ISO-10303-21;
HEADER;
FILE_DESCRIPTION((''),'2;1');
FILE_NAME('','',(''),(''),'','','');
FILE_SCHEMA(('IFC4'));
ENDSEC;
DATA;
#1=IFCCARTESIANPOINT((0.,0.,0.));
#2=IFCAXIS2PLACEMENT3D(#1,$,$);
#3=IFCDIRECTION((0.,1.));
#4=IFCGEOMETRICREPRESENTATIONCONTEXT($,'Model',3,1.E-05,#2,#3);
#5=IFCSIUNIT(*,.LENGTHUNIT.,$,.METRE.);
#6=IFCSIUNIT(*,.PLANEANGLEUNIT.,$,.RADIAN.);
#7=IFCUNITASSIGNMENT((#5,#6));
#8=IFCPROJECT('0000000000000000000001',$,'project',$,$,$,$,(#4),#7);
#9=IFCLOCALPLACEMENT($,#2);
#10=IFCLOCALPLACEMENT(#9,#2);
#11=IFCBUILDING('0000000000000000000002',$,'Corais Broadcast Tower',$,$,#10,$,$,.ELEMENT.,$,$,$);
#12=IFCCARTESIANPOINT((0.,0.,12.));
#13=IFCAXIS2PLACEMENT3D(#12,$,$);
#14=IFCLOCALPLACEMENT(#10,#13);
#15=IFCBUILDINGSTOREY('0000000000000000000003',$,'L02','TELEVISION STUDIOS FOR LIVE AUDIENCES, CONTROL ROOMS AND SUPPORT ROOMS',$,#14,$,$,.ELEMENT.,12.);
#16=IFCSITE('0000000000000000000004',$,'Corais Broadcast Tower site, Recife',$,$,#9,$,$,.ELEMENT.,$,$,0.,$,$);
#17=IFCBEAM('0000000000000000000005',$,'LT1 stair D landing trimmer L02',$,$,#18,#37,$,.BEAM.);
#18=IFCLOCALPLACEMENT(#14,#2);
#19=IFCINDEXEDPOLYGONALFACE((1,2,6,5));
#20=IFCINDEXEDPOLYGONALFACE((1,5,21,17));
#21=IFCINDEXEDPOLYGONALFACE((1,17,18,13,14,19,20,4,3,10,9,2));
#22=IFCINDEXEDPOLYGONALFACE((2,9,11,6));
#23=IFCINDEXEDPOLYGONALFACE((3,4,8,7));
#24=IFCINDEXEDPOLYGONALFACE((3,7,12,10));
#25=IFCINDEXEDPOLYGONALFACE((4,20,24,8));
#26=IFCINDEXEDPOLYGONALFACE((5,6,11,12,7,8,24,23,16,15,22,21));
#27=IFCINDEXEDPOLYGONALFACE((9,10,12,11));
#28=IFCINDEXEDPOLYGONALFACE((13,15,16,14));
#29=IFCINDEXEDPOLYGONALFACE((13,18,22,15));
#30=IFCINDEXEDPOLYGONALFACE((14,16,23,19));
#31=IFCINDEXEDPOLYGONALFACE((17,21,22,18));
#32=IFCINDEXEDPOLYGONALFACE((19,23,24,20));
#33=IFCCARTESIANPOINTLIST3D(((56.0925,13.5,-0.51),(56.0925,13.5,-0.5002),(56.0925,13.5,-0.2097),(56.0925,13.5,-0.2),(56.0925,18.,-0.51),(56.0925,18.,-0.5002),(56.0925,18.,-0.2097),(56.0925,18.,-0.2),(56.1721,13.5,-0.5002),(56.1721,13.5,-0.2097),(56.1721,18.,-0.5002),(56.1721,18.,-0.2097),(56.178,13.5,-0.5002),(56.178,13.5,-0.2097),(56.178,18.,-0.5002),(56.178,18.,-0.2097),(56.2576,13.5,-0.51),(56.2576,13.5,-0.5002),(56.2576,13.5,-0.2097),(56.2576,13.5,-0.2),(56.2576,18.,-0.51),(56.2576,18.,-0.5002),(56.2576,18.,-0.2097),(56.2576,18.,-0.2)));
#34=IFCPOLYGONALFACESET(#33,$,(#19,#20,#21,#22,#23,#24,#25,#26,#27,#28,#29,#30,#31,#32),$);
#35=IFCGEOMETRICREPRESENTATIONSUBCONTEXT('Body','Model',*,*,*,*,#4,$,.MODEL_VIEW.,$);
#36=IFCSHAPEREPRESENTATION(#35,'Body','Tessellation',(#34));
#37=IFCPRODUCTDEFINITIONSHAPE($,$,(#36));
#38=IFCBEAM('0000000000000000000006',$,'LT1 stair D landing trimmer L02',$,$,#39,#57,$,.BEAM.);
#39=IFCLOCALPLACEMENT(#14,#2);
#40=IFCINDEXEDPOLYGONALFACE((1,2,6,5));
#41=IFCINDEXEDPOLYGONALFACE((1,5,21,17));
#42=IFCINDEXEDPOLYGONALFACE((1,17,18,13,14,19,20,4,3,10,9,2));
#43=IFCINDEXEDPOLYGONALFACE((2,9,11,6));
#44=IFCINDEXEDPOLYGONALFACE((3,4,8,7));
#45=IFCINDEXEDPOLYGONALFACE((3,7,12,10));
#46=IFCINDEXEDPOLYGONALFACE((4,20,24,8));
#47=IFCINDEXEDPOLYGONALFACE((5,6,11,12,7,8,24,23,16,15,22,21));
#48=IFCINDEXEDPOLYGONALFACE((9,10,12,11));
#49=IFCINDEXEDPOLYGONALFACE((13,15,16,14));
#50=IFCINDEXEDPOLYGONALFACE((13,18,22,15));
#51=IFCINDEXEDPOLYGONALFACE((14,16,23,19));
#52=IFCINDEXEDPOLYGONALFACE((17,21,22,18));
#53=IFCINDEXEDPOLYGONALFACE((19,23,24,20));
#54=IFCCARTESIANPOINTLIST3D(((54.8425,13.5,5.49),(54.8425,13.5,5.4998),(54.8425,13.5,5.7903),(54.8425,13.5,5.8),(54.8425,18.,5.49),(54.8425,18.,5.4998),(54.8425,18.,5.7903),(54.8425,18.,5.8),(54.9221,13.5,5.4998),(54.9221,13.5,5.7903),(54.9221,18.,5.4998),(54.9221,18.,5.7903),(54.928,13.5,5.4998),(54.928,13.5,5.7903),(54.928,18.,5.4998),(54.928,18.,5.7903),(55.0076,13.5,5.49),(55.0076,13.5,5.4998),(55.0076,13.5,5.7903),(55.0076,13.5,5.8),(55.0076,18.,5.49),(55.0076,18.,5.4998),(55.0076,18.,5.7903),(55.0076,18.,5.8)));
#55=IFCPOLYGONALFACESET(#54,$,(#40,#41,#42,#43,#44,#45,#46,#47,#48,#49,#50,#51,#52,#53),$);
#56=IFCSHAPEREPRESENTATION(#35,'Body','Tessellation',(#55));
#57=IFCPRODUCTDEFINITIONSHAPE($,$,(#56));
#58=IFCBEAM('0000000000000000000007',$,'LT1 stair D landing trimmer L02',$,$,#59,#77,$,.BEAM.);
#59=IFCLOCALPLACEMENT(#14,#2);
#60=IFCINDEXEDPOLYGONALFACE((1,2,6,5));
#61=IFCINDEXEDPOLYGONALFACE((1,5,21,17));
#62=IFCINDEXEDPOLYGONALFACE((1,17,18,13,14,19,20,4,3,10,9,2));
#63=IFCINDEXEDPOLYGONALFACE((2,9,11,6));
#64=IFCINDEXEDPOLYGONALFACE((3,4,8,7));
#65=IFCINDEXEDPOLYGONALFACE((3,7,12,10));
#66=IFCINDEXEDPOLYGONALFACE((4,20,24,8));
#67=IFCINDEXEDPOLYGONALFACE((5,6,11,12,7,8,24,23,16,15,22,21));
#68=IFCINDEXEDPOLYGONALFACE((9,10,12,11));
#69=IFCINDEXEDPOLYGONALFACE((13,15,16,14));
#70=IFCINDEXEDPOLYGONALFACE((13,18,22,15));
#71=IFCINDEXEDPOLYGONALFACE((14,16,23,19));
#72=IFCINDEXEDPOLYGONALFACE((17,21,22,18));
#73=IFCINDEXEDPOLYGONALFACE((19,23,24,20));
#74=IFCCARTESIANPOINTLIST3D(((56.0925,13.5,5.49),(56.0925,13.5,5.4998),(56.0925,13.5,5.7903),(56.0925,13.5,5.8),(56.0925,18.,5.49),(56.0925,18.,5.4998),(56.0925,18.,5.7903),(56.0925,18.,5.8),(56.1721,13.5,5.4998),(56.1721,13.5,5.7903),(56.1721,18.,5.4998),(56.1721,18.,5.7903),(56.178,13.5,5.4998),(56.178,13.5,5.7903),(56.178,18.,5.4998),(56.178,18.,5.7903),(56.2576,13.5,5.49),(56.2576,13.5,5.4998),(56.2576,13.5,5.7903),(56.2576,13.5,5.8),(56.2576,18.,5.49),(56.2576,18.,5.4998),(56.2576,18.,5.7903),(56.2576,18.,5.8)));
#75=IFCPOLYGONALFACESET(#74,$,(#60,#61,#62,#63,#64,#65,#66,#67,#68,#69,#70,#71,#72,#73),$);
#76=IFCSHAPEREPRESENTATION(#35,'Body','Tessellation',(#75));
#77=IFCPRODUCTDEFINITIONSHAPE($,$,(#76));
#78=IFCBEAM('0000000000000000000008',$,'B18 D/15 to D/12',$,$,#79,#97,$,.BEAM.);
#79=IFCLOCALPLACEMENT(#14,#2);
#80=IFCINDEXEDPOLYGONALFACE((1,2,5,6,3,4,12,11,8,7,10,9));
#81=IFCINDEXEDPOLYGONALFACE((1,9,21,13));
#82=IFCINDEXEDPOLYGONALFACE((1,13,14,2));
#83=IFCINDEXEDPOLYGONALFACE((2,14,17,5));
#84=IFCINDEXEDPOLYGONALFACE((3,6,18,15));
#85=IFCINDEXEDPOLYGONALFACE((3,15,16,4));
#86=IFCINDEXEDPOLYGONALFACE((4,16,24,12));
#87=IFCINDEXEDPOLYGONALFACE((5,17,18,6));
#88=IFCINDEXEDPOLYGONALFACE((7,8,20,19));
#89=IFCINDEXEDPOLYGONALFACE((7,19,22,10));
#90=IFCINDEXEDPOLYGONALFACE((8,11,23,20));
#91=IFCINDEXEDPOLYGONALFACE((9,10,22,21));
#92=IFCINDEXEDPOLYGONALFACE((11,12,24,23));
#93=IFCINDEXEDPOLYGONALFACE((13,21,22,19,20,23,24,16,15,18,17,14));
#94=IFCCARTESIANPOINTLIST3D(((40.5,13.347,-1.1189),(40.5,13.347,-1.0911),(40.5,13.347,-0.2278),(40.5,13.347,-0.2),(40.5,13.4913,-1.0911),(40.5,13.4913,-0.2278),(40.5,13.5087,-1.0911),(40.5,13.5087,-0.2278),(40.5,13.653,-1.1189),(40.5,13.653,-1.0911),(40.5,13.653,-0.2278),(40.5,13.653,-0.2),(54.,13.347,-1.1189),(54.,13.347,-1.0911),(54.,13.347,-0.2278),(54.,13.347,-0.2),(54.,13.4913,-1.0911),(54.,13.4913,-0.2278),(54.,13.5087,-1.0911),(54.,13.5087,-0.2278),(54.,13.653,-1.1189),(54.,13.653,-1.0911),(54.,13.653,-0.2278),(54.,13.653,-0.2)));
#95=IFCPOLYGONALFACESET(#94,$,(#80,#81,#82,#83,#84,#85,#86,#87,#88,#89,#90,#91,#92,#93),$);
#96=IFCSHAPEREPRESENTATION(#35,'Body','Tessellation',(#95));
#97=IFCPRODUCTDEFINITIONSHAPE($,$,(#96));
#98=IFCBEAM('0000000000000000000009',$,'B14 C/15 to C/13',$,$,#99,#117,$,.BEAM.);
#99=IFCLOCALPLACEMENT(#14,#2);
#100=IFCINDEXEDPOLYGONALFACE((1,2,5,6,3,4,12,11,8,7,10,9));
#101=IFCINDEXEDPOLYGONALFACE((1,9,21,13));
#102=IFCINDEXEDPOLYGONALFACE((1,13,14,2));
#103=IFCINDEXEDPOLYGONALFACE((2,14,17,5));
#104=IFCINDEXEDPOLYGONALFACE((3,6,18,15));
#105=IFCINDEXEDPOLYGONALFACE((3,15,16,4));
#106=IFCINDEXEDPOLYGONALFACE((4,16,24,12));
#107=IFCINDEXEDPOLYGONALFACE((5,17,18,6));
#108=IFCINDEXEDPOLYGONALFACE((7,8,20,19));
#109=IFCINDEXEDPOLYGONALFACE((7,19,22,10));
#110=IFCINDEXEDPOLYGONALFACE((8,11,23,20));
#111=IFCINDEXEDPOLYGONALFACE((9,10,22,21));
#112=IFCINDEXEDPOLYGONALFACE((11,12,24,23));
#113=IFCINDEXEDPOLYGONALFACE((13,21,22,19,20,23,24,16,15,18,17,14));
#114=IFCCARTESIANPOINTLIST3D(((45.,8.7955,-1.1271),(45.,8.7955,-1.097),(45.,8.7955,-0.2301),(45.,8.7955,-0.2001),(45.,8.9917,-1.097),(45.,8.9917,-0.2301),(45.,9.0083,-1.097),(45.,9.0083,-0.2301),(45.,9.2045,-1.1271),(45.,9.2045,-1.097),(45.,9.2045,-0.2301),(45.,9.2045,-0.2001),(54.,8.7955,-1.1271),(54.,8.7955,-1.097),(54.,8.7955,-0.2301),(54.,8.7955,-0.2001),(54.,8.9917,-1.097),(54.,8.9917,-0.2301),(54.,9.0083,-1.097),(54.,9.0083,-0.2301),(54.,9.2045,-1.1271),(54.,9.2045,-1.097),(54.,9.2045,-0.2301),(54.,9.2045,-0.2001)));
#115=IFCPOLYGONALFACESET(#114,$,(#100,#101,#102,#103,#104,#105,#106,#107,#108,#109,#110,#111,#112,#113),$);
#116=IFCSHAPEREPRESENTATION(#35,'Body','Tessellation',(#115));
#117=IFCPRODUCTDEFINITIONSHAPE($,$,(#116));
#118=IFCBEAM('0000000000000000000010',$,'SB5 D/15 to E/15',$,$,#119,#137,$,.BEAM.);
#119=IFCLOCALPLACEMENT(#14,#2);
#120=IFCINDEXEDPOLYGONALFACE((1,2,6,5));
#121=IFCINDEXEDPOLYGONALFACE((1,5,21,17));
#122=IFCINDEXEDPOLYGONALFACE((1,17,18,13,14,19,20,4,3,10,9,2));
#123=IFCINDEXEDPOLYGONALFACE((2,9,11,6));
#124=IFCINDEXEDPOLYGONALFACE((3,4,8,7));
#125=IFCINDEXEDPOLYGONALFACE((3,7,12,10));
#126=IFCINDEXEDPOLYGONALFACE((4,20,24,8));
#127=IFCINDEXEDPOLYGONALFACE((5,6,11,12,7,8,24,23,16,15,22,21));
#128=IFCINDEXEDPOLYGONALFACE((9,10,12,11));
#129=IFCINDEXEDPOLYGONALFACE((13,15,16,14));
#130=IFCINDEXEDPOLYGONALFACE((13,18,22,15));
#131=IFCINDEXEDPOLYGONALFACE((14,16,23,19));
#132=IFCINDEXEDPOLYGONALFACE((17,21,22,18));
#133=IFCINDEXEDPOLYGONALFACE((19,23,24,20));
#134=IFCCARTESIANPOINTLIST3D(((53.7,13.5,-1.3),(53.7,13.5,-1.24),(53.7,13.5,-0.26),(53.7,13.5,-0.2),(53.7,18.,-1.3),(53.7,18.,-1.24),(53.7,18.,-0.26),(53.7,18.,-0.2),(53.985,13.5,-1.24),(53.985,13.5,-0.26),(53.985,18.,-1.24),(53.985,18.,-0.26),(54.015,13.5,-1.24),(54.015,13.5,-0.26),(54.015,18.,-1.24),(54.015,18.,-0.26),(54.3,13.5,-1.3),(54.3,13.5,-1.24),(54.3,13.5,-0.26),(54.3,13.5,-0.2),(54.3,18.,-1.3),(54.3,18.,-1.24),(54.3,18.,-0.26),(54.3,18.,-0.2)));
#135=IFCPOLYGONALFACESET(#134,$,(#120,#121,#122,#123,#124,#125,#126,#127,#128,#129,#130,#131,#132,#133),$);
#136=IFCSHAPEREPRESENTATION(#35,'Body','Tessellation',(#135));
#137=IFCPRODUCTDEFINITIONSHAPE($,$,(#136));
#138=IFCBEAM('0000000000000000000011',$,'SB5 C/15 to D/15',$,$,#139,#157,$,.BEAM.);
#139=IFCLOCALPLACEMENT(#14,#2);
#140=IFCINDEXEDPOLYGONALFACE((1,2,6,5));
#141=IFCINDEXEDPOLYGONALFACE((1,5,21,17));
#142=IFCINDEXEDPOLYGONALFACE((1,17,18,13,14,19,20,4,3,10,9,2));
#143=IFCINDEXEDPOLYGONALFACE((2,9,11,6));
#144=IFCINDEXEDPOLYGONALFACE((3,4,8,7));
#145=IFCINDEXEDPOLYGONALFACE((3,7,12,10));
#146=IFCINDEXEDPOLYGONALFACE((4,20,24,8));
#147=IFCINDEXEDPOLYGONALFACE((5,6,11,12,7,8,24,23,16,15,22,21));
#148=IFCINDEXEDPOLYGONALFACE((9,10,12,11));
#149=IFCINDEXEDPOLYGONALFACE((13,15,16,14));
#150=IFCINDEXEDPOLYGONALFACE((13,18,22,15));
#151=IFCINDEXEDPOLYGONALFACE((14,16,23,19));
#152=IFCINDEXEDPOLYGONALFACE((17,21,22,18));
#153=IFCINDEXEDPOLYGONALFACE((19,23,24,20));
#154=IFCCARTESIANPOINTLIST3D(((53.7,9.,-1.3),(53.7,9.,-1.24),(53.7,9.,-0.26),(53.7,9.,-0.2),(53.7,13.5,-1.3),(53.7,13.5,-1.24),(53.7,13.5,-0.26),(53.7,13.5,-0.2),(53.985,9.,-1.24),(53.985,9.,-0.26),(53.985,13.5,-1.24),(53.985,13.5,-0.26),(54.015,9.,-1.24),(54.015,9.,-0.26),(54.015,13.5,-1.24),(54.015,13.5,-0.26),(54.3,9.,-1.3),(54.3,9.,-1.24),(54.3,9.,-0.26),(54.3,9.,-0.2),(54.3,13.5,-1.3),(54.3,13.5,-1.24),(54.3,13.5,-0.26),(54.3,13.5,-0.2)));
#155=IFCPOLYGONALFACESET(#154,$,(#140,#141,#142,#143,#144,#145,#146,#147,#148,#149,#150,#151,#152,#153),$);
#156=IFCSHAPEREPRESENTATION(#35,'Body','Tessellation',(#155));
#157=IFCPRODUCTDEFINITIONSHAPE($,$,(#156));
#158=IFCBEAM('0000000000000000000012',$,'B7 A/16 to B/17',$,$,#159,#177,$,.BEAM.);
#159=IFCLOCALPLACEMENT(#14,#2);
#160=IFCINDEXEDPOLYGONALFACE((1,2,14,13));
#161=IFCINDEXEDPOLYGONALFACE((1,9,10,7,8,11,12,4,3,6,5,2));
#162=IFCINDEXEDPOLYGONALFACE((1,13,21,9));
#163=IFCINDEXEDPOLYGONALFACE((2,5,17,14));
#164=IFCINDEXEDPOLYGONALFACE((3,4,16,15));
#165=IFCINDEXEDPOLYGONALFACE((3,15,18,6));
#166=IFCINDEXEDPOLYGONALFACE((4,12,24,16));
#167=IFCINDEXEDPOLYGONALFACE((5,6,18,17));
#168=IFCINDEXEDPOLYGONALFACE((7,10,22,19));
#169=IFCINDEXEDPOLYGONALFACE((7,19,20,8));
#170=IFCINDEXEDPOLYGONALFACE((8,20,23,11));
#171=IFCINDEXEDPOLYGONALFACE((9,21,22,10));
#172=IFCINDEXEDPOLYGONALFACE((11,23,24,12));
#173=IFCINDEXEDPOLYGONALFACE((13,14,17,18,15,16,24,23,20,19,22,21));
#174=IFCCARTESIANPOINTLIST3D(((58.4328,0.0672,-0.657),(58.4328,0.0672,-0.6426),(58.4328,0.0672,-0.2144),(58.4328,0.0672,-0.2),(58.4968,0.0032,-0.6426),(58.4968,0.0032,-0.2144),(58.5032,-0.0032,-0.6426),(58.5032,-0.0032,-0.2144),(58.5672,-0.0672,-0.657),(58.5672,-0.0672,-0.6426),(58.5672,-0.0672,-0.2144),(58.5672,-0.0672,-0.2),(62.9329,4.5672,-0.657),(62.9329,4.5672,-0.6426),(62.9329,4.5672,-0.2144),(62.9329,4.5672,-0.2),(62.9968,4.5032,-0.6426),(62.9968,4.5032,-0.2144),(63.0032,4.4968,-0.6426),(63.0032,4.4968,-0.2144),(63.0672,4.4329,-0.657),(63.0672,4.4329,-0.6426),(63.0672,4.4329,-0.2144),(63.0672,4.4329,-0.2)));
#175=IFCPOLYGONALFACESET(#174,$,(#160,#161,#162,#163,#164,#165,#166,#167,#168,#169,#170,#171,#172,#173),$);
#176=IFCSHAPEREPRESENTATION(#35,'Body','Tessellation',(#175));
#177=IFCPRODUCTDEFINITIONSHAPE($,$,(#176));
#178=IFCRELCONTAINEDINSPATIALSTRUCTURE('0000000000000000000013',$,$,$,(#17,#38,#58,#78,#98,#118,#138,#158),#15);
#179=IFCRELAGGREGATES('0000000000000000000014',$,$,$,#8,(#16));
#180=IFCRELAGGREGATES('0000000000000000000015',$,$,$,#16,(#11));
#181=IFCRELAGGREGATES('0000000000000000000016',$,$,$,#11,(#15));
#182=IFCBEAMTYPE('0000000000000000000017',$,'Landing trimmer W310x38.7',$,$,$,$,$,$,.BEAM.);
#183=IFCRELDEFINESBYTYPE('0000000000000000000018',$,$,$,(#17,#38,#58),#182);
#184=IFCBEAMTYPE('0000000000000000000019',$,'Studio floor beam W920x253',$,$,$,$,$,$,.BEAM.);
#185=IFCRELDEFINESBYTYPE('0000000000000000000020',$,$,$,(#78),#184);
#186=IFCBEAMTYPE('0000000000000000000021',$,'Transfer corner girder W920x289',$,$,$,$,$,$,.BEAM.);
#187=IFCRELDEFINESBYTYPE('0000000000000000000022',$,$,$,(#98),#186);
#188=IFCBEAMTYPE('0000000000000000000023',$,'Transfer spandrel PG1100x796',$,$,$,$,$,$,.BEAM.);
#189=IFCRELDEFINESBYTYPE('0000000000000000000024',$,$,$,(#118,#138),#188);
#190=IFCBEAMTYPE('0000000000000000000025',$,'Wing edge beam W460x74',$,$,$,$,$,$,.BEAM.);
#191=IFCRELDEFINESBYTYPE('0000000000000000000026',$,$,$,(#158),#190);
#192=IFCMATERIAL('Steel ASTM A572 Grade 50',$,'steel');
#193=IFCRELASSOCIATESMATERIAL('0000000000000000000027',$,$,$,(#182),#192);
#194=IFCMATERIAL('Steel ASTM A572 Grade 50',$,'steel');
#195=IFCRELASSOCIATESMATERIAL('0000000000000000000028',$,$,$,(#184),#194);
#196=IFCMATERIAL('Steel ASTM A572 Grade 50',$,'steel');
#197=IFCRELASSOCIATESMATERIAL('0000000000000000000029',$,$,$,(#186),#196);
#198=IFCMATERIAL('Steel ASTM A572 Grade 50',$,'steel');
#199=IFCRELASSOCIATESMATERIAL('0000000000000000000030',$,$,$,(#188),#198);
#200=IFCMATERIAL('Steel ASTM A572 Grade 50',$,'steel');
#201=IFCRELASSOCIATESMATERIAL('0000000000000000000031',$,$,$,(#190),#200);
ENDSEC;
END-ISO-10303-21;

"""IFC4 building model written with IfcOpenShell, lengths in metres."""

from ifc_helpers import new_model, si_unit, direction, frame, origin, origin_2d, place, context, subcontext, project, spatial, i_section, extrude, material, material_profile, profile_set, type_object, element, save


model = new_model("IFC4")

# Units and contexts
model_context = context("Model", 3, precision=1e-05, world=origin(), true_north=direction((0.0, 1.0)))
body_context = subcontext(model_context, "Body", "Model", "MODEL_VIEW")
ifc_project = project(units=[si_unit("LENGTHUNIT", "METRE"), si_unit("PLANEANGLEUNIT", "RADIAN")], contexts=[model_context])

# Site, building, storey
site_placement = place(None, origin())
site = spatial("IfcSite", under=ifc_project, at=site_placement, Name="Corais Broadcast Tower site, Recife", CompositionType="ELEMENT", RefElevation=0.0)
building_placement = place(site_placement, origin())
building = spatial("IfcBuilding", under=site, at=building_placement, Name="Corais Broadcast Tower", CompositionType="ELEMENT")
storey_placement = place(building_placement, frame((0.0, 0.0, 12.0)))
storey = spatial("IfcBuildingStorey", under=building, at=storey_placement, Name="L02", Description="TELEVISION STUDIOS FOR LIVE AUDIENCES, CONTROL ROOMS AND SUPPORT ROOMS", CompositionType="ELEMENT", Elevation=12.0)

# Beams
ifc_material_1 = material(Name="Steel ASTM A572 Grade 50", Category="steel")
ifc_material_profile_1 = material_profile(ifc_material_1, i_section(OverallWidth=0.165, OverallDepth=0.3101, WebThickness=0.0059, FlangeThickness=0.0098, at=origin_2d()), Name="W310x38.7")
ifc_profile_set_1 = profile_set([ifc_material_profile_1], Name="Steel ASTM A572 Grade 50")
beam_type_1 = type_object("IfcBeamType", Name="Landing trimmer W310x38.7", PredefinedType="BEAM", material=ifc_profile_set_1)
for number, where, z_axis, x_axis, name in (
    (1, (56.175, 13.5, -0.355), (0.0, 1.0, 0.0), (-1.0, 0.0, 0.0), "LT1 stair D landing trimmer L02"),
    (2, (54.925, 13.5, 5.645), (0.0, 1.0, 0.0), (-1.0, 0.0, 0.0), "LT1 stair D landing trimmer L02"),
    (3, (56.175, 13.5, 5.645), (0.0, 1.0, 0.0), (-1.0, 0.0, 0.0), "LT1 stair D landing trimmer L02"),
):
    element("IfcBeam", number, at=place(storey_placement, frame(where, z_axis=z_axis, x_axis=x_axis)), inside=storey, type_object=beam_type_1, Name=name, PredefinedType="BEAM", context=body_context, shape_type="SweptSolid", body=[
        extrude(i_section(OverallWidth=0.165, OverallDepth=0.3101, WebThickness=0.0059, FlangeThickness=0.0098, at=origin_2d()), origin(), (0.0, 0.0, 1.0), 4.5),
    ])
ifc_material_2 = material(Name="Steel ASTM A572 Grade 50", Category="steel")
ifc_material_profile_2 = material_profile(ifc_material_2, i_section(OverallWidth=0.3059, OverallDepth=0.9189, WebThickness=0.0173, FlangeThickness=0.0278, at=origin_2d()), Name="W920x253")
ifc_profile_set_2 = profile_set([ifc_material_profile_2], Name="Steel ASTM A572 Grade 50")
beam_type_2 = type_object("IfcBeamType", Name="Studio floor beam W920x253", PredefinedType="BEAM", material=ifc_profile_set_2)
beam_1_placement = place(storey_placement, frame((54.0, 13.5, -0.6594), z_axis=(-1.0, 0.0, 0.0), x_axis=(0.0, -1.0, 0.0)))
element("IfcBeam", 4, at=beam_1_placement, inside=storey, type_object=beam_type_2, Name="B18 D/15 to D/12", PredefinedType="BEAM", context=body_context, shape_type="SweptSolid", body=[
    extrude(i_section(OverallWidth=0.3059, OverallDepth=0.9189, WebThickness=0.0173, FlangeThickness=0.0278, at=origin_2d()), origin(), (0.0, 0.0, 1.0), 13.5),
])
ifc_material_3 = material(Name="Steel ASTM A572 Grade 50", Category="steel")
ifc_material_profile_3 = material_profile(ifc_material_3, i_section(OverallWidth=0.4089, OverallDepth=0.927, WebThickness=0.0166, FlangeThickness=0.03, at=origin_2d()), Name="W920x289")
ifc_profile_set_3 = profile_set([ifc_material_profile_3], Name="Steel ASTM A572 Grade 50")
beam_type_3 = type_object("IfcBeamType", Name="Transfer corner girder W920x289", PredefinedType="BEAM", material=ifc_profile_set_3)
beam_2_placement = place(storey_placement, frame((54.0, 9.0, -0.6636), z_axis=(-1.0, 0.0, 0.0), x_axis=(0.0, -1.0, 0.0)))
element("IfcBeam", 5, at=beam_2_placement, inside=storey, type_object=beam_type_3, Name="B14 C/15 to C/13", PredefinedType="BEAM", context=body_context, shape_type="SweptSolid", body=[
    extrude(i_section(OverallWidth=0.4089, OverallDepth=0.927, WebThickness=0.0166, FlangeThickness=0.03, at=origin_2d()), origin(), (0.0, 0.0, 1.0), 9.0),
])
ifc_material_4 = material(Name="Steel ASTM A572 Grade 50", Category="steel")
ifc_material_profile_4 = material_profile(ifc_material_4, i_section(OverallWidth=0.6001, OverallDepth=1.1001, WebThickness=0.03, FlangeThickness=0.0601, at=origin_2d()), Name="PG1100x796")
ifc_profile_set_4 = profile_set([ifc_material_profile_4], Name="Steel ASTM A572 Grade 50")
beam_type_4 = type_object("IfcBeamType", Name="Transfer spandrel PG1100x796", PredefinedType="BEAM", material=ifc_profile_set_4)
for number, where, z_axis, x_axis, name in (
    (6, (54.0, 13.5, -0.75), (0.0, 1.0, 0.0), (-1.0, 0.0, 0.0), "SB5 D/15 to E/15"),
    (7, (54.0, 9.0, -0.75), (0.0, 1.0, 0.0), (-1.0, 0.0, 0.0), "SB5 C/15 to D/15"),
):
    element("IfcBeam", number, at=place(storey_placement, frame(where, z_axis=z_axis, x_axis=x_axis)), inside=storey, type_object=beam_type_4, Name=name, PredefinedType="BEAM", context=body_context, shape_type="SweptSolid", body=[
        extrude(i_section(OverallWidth=0.6001, OverallDepth=1.1001, WebThickness=0.03, FlangeThickness=0.0601, at=origin_2d()), origin(), (0.0, 0.0, 1.0), 4.5),
    ])
ifc_material_5 = material(Name="Steel ASTM A572 Grade 50", Category="steel")
ifc_material_profile_5 = material_profile(ifc_material_5, i_section(OverallWidth=0.1899, OverallDepth=0.457, WebThickness=0.009, FlangeThickness=0.0144, at=origin_2d()), Name="W460x74")
ifc_profile_set_5 = profile_set([ifc_material_profile_5], Name="Steel ASTM A572 Grade 50")
beam_type_5 = type_object("IfcBeamType", Name="Wing edge beam W460x74", PredefinedType="BEAM", material=ifc_profile_set_5)
beam_3_placement = place(storey_placement, frame((58.5, 0.0, -0.4285), z_axis=(0.707107, 0.707107, 0.0), x_axis=(-0.707107, 0.707107, 0.0)))
element("IfcBeam", 8, at=beam_3_placement, inside=storey, type_object=beam_type_5, Name="B7 A/16 to B/17", PredefinedType="BEAM", context=body_context, shape_type="SweptSolid", body=[
    extrude(i_section(OverallWidth=0.1899, OverallDepth=0.457, WebThickness=0.009, FlangeThickness=0.0144, at=origin_2d()), origin(), (0.0, 0.0, 1.0), 6.364),
])

save(model, "model.ifc")
